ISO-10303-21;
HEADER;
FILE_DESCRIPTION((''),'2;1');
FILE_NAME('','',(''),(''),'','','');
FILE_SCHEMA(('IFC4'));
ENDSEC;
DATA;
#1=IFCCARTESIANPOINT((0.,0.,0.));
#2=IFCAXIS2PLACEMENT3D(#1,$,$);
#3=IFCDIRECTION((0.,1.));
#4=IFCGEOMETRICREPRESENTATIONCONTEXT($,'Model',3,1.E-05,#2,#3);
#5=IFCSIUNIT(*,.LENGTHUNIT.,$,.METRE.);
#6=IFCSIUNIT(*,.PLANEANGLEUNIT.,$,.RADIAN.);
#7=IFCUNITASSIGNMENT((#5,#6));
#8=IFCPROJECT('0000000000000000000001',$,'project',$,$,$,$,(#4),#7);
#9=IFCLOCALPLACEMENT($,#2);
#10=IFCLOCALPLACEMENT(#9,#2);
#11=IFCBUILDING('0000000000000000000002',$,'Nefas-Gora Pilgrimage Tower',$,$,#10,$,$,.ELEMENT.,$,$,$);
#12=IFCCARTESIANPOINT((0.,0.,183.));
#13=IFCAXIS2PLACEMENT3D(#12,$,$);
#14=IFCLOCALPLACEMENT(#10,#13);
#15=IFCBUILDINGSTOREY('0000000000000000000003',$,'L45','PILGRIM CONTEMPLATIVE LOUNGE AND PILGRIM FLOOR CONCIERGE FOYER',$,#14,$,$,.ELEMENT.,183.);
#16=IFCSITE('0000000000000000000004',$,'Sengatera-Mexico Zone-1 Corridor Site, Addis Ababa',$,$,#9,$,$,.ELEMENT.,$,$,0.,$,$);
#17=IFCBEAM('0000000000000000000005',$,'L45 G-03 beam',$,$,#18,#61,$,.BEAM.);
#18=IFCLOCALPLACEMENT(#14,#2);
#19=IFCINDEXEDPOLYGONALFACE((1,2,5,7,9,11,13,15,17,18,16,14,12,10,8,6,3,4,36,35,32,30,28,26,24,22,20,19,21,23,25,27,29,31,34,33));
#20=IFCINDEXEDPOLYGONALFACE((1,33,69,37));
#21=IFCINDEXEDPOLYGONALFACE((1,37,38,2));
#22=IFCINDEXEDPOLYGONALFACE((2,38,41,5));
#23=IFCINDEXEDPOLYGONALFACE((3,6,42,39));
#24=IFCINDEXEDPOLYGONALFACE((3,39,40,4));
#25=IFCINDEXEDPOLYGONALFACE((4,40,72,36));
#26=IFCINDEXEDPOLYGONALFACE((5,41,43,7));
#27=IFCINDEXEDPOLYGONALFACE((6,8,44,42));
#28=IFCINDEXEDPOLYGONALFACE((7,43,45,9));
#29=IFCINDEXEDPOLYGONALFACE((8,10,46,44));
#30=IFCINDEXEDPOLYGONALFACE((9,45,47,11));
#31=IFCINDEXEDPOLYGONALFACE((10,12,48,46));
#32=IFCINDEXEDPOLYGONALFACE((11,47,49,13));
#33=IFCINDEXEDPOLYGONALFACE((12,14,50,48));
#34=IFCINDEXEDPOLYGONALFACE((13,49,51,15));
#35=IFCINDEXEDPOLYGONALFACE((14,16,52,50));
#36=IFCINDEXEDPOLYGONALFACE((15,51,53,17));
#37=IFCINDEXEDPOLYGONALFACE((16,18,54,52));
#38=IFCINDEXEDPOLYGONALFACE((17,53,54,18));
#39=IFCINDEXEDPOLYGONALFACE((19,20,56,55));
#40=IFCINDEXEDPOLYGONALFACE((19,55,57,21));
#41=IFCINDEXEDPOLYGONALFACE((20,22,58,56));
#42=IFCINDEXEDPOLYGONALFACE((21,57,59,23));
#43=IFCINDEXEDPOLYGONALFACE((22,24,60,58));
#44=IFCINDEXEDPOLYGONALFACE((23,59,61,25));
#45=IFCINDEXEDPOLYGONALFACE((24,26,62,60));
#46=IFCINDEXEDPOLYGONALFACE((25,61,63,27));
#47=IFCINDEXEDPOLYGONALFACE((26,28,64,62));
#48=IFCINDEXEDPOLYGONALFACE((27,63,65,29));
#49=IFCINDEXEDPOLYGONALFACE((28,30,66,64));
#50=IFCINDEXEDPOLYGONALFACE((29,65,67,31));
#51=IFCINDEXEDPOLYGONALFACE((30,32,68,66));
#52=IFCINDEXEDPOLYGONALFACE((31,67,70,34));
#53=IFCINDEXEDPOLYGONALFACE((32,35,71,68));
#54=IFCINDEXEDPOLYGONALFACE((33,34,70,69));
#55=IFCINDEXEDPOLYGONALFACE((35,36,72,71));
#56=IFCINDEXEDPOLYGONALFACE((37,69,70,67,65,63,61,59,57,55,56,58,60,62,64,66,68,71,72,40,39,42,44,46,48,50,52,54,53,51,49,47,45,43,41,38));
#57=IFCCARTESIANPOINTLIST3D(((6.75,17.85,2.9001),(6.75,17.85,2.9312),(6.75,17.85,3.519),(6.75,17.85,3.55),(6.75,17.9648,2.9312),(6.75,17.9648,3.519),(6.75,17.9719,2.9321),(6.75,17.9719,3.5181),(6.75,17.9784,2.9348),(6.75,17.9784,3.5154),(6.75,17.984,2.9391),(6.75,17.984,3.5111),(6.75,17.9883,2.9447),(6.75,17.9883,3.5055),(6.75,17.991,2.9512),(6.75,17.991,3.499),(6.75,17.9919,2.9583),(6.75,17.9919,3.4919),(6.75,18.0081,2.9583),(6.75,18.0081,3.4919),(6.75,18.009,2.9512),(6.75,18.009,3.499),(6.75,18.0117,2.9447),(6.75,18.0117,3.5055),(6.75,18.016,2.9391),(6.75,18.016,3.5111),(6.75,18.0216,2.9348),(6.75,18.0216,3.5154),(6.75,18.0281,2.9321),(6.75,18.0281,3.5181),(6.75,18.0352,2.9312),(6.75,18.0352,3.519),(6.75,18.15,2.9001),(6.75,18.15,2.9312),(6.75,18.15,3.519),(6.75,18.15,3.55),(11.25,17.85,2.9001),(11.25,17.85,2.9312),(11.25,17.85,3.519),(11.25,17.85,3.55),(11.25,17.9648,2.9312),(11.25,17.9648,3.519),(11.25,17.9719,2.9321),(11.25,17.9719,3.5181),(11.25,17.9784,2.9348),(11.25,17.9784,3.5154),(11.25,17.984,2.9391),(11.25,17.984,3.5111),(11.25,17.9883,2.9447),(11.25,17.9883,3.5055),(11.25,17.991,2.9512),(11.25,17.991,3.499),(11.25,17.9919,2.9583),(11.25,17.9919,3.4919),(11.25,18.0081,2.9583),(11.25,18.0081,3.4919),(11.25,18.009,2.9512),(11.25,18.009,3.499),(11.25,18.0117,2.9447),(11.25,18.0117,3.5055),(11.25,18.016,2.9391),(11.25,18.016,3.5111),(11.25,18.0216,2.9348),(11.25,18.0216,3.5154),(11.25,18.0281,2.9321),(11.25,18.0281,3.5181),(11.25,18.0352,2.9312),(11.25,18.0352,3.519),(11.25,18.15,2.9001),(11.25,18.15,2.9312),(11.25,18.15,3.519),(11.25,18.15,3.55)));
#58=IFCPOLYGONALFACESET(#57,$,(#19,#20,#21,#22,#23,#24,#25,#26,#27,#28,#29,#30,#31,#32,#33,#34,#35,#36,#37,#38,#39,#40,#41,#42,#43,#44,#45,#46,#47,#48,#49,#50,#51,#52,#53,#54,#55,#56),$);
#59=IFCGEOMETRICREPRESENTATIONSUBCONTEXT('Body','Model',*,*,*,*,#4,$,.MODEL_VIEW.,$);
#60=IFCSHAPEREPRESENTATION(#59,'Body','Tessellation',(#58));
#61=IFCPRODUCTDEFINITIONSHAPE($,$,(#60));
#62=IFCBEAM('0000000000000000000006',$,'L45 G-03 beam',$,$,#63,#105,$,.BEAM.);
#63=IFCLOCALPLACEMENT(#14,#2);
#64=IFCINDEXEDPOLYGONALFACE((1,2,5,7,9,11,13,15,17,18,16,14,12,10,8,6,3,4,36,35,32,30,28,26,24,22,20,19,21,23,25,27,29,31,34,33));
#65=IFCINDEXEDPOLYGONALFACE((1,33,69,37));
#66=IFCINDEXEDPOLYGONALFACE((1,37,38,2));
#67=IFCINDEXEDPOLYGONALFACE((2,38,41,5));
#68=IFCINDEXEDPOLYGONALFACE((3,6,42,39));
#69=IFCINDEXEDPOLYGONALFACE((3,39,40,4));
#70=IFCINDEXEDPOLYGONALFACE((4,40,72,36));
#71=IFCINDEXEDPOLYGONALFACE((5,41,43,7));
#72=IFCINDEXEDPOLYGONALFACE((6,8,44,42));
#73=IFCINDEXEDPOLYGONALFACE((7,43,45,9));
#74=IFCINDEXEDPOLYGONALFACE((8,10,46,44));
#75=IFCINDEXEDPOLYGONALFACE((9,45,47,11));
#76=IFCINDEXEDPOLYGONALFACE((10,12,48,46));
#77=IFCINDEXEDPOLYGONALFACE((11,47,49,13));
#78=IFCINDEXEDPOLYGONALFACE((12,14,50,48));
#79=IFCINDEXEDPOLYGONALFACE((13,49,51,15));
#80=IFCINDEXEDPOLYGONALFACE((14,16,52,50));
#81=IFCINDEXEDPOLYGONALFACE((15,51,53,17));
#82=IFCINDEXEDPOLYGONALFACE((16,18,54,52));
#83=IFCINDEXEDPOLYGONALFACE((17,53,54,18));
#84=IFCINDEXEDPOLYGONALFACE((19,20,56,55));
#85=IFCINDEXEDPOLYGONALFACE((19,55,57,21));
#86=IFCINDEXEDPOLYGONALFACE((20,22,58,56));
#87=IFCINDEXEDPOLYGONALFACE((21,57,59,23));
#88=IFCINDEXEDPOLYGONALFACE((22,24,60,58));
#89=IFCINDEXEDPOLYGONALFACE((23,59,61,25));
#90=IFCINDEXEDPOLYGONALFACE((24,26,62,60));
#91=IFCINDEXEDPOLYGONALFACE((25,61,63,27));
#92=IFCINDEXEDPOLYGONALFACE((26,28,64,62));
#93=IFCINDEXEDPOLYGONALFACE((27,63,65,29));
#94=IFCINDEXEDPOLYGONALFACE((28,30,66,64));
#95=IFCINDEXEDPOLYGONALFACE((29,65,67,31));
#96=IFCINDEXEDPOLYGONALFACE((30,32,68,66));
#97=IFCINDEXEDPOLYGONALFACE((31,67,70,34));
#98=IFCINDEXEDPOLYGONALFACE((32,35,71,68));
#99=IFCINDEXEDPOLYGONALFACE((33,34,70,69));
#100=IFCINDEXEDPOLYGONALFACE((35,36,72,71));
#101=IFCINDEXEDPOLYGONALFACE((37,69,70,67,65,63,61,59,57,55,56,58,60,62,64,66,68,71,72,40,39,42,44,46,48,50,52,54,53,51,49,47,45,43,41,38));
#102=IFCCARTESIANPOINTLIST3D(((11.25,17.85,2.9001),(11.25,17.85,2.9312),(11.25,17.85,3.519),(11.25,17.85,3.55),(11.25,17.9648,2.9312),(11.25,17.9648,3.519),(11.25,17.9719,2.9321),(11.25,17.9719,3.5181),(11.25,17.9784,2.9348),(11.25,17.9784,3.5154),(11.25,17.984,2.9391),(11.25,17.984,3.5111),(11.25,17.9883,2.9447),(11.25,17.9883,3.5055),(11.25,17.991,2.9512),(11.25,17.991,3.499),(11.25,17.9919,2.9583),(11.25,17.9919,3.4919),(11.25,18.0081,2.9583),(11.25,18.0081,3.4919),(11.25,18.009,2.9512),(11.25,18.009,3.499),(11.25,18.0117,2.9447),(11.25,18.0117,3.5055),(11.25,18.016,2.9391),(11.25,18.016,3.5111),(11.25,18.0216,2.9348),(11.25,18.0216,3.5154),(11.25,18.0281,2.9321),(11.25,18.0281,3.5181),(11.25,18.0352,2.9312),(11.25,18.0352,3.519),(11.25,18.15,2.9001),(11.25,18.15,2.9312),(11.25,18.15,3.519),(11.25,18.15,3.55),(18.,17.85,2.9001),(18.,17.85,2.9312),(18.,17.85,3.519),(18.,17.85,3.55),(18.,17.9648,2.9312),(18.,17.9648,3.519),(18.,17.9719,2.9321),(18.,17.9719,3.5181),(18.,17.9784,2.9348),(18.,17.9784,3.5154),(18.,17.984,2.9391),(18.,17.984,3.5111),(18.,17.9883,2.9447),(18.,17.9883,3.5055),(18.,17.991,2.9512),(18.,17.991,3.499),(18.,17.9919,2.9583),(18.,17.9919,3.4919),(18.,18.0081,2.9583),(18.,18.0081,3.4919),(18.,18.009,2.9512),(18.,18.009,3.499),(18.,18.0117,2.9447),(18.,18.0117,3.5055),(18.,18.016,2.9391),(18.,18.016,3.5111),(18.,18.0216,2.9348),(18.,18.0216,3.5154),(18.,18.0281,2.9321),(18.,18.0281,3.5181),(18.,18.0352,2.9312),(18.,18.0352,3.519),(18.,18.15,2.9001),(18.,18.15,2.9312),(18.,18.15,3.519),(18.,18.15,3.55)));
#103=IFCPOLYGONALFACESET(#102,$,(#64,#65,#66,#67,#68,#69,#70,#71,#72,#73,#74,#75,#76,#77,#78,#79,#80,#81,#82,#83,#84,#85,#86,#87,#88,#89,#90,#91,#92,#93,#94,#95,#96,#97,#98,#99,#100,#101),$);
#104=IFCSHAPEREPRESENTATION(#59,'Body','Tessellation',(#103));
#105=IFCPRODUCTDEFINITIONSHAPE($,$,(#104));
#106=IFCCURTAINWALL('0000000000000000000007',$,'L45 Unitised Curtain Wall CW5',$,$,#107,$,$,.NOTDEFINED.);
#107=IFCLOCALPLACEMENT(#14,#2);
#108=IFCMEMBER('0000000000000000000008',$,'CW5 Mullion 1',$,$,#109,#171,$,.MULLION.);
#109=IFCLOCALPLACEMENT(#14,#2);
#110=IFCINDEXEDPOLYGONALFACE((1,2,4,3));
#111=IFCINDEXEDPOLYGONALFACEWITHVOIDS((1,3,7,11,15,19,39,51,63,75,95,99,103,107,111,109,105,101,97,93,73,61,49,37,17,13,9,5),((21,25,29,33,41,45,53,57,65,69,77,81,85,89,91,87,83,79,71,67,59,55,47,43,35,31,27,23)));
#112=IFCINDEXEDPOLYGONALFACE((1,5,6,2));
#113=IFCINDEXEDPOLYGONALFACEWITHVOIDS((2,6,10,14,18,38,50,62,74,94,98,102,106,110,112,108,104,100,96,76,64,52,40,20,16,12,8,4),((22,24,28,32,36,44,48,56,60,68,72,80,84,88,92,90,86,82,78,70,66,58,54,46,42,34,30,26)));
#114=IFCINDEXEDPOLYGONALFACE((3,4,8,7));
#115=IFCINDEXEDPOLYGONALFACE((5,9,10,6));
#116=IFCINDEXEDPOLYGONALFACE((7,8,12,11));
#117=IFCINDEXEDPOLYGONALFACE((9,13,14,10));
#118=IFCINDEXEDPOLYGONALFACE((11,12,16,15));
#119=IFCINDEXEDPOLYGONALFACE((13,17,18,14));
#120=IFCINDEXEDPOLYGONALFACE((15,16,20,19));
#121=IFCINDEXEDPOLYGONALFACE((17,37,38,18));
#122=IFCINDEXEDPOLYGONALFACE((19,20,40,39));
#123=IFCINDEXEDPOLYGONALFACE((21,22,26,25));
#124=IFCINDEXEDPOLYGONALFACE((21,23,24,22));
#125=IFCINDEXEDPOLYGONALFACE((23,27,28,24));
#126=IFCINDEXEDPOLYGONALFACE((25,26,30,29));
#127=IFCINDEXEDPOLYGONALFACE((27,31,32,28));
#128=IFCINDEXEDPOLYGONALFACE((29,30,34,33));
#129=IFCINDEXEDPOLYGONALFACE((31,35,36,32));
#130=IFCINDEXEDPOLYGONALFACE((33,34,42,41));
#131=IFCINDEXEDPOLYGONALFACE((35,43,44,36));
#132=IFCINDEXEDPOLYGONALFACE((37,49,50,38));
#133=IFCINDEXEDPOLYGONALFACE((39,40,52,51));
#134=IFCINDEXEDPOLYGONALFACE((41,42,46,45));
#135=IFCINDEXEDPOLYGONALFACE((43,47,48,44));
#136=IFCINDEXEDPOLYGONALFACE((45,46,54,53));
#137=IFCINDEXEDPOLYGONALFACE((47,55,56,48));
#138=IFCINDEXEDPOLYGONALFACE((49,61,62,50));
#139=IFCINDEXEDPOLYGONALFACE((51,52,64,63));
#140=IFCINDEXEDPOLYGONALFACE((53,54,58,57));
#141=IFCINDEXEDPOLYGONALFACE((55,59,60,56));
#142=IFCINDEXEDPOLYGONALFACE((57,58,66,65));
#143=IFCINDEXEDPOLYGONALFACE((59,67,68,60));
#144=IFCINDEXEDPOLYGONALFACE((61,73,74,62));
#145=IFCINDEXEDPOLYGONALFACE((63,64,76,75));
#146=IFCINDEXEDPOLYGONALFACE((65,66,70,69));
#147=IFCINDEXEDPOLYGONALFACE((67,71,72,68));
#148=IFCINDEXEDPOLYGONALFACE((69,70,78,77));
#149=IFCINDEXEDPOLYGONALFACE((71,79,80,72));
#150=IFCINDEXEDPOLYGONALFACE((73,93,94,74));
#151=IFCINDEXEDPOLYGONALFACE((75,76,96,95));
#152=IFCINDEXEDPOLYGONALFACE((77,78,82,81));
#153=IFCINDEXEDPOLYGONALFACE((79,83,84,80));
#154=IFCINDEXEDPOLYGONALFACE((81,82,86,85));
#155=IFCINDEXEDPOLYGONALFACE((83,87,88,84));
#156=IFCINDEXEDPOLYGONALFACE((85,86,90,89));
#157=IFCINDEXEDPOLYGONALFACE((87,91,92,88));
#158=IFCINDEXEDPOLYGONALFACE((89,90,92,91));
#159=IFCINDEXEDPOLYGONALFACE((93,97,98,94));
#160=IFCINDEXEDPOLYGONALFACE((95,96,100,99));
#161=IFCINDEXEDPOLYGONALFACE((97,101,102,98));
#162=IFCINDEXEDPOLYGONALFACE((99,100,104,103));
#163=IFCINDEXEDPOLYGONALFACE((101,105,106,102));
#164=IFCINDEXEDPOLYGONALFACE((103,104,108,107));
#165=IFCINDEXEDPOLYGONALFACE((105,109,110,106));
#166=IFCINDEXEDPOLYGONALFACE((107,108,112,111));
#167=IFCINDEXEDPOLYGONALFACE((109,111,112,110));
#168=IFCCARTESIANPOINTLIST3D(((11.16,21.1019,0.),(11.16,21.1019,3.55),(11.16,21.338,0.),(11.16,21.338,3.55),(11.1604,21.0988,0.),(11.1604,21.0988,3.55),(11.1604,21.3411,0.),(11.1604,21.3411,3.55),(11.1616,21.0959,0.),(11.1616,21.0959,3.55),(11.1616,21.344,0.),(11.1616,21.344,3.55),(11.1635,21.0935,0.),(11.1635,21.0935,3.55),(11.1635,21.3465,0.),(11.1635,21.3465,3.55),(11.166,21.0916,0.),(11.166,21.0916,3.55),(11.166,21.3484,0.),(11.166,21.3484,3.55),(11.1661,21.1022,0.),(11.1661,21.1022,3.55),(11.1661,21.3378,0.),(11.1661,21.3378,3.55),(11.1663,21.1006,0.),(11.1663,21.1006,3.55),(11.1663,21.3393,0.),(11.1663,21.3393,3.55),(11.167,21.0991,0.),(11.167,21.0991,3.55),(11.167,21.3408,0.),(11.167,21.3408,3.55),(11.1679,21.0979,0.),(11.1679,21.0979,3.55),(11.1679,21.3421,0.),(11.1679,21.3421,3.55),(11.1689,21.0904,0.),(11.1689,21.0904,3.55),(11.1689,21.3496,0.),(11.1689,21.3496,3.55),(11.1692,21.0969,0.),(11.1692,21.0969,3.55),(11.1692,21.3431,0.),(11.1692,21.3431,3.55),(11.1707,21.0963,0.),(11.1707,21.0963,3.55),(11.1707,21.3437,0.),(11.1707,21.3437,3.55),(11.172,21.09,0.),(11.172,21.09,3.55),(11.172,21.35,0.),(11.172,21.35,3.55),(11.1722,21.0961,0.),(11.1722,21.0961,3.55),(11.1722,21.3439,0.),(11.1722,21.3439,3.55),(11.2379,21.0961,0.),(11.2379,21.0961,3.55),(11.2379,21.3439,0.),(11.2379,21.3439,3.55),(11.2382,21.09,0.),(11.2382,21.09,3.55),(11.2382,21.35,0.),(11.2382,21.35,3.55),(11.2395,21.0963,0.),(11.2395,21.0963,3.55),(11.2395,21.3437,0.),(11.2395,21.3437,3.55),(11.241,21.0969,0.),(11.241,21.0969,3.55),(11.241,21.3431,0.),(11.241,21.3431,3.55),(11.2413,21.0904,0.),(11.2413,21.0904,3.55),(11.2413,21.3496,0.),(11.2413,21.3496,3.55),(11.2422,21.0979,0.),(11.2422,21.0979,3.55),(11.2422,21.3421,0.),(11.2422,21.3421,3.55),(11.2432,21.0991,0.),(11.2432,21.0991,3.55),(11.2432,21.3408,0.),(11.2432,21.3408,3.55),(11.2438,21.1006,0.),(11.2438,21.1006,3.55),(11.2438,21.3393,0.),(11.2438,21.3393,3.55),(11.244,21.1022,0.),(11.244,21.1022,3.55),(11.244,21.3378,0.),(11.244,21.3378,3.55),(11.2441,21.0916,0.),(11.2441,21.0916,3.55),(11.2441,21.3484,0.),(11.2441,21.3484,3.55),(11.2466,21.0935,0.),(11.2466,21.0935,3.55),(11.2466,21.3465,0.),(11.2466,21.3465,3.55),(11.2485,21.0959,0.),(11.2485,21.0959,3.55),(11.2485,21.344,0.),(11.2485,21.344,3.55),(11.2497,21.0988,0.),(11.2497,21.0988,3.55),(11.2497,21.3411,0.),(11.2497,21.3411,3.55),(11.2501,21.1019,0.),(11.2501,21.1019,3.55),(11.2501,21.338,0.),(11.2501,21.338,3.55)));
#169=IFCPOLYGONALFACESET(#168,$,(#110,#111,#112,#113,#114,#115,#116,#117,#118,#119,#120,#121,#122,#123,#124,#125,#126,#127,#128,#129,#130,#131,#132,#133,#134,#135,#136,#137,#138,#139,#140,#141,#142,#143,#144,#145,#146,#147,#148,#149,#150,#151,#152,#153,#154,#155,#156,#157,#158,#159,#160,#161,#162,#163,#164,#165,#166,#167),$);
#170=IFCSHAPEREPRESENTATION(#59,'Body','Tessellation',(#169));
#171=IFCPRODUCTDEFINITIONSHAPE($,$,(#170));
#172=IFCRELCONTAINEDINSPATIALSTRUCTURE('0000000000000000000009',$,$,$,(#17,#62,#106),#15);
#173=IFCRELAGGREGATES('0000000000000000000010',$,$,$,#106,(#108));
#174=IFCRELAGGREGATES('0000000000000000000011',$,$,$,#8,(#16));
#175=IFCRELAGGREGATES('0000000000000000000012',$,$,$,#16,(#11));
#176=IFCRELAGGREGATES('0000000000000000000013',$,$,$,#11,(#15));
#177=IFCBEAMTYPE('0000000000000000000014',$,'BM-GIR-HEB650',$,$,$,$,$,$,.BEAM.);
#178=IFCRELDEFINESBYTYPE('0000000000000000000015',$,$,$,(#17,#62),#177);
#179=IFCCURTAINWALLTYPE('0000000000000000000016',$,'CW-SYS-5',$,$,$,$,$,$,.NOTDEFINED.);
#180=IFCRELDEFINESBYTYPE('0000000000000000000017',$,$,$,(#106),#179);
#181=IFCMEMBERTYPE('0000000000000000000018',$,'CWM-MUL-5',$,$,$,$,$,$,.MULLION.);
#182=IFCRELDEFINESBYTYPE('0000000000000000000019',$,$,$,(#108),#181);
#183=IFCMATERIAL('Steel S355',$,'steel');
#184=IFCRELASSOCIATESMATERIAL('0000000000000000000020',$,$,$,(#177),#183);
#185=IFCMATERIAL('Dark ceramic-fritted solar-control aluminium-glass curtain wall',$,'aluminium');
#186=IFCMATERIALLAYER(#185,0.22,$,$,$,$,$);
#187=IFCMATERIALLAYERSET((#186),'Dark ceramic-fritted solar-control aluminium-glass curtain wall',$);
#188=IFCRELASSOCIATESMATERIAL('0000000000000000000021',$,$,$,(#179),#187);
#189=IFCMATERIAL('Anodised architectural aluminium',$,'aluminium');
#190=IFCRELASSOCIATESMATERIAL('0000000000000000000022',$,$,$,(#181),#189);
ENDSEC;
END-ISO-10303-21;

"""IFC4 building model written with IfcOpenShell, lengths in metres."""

from ifc_helpers import new_model, si_unit, direction, frame, origin, origin_2d, place, context, subcontext, project, spatial, hollow_rectangle, i_section, extrude, source, transform, mapped, material, layer, layer_set, material_profile, profile_set, type_object, element, aggregate, save


model = new_model("IFC4")

# Units and contexts
model_context = context("Model", 3, precision=1e-05, world=origin(), true_north=direction((0.0, 1.0)))
body_context = subcontext(model_context, "Body", "Model", "MODEL_VIEW")
ifc_project = project(units=[si_unit("LENGTHUNIT", "METRE"), si_unit("PLANEANGLEUNIT", "RADIAN")], contexts=[model_context])

# Site, building, storey
site_placement = place(None, origin())
site = spatial("IfcSite", under=ifc_project, at=site_placement, Name="Sengatera-Mexico Zone-1 Corridor Site, Addis Ababa", CompositionType="ELEMENT", RefElevation=0.0)
building_placement = place(site_placement, origin())
building = spatial("IfcBuilding", under=site, at=building_placement, Name="Nefas-Gora Pilgrimage Tower", CompositionType="ELEMENT")
storey_placement = place(building_placement, frame((0.0, 0.0, 183.0)))
storey = spatial("IfcBuildingStorey", under=building, at=storey_placement, Name="L45", Description="PILGRIM CONTEMPLATIVE LOUNGE AND PILGRIM FLOOR CONCIERGE FOYER", CompositionType="ELEMENT", Elevation=183.0)

# Beams
ifc_material_1 = material(Name="Steel S355", Category="steel")
ifc_material_profile_1 = material_profile(ifc_material_1, i_section(OverallWidth=0.3, OverallDepth=0.6499, WebThickness=0.0161, FlangeThickness=0.031, FilletRadius=0.0271, at=origin_2d()), Name="HEB 650")
ifc_profile_set_1 = profile_set([ifc_material_profile_1], Name="Steel S355")
beam_type = type_object("IfcBeamType", Name="BM-GIR-HEB650", PredefinedType="BEAM", material=ifc_profile_set_1)
shared_shape_1 = source(origin(), body_context, "Body", "SweptSolid", [
    extrude(i_section(OverallWidth=0.3, OverallDepth=0.6499, WebThickness=0.0161, FlangeThickness=0.031, FilletRadius=0.0271, at=origin_2d()), origin(), (0.0, 0.0, 1.0), 4.5),
])
for number, where, z_axis, x_axis, name in (
    (1, (6.75, 18.0, 3.2251), (1.0, 0.0, 0.0), (0.0, 1.0, 0.0), "L45 G-03 beam"),
):
    element("IfcBeam", number, at=place(storey_placement, frame(where, z_axis=z_axis, x_axis=x_axis)), inside=storey, type_object=beam_type, Name=name, PredefinedType="BEAM", context=body_context, shape_type="MappedRepresentation", body=[
        mapped(shared_shape_1, transform((0.0, 0.0, 0.0), x_axis=(1.0, 0.0, 0.0), y_axis=(0.0, 1.0, 0.0), z_axis=(0.0, 0.0, 1.0), scale=1.0)),
    ])
shared_shape_2 = source(origin(), body_context, "Body", "SweptSolid", [
    extrude(i_section(OverallWidth=0.3, OverallDepth=0.6499, WebThickness=0.0161, FlangeThickness=0.031, FilletRadius=0.0271, at=origin_2d()), origin(), (0.0, 0.0, 1.0), 6.75),
])
beam_placement = place(storey_placement, frame((11.25, 18.0, 3.2251), z_axis=(1.0, 0.0, 0.0), x_axis=(0.0, 1.0, 0.0)))
element("IfcBeam", 2, at=beam_placement, inside=storey, type_object=beam_type, Name="L45 G-03 beam", PredefinedType="BEAM", context=body_context, shape_type="MappedRepresentation", body=[
    mapped(shared_shape_2, transform((0.0, 0.0, 0.0), x_axis=(1.0, 0.0, 0.0), y_axis=(0.0, 1.0, 0.0), z_axis=(0.0, 0.0, 1.0), scale=1.0)),
])

# Curtain wall, member
ifc_material_2 = material(Name="Dark ceramic-fritted solar-control aluminium-glass curtain wall", Category="aluminium")
ifc_layer_1 = layer(ifc_material_2, 0.22)
ifc_layer_set_1 = layer_set([ifc_layer_1], Name="Dark ceramic-fritted solar-control aluminium-glass curtain wall")
curtain_wall_type_1 = type_object("IfcCurtainWallType", Name="CW-SYS-5", PredefinedType="NOTDEFINED", material=ifc_layer_set_1)
curtain_wall_1_placement = place(storey_placement, origin())
curtain_wall_1 = element("IfcCurtainWall", 3, at=curtain_wall_1_placement, inside=storey, type_object=curtain_wall_type_1, Name="L45 Unitised Curtain Wall CW5", PredefinedType="NOTDEFINED")
ifc_material_3 = material(Name="Anodised architectural aluminium", Category="aluminium")
ifc_material_profile_2 = material_profile(ifc_material_3, hollow_rectangle(XDim=0.0901, YDim=0.26, WallThickness=0.0061, InnerFilletRadius=0.0061, OuterFilletRadius=0.012, at=origin_2d()), Name="ALU MULLION 90x260")
ifc_profile_set_2 = profile_set([ifc_material_profile_2], Name="Anodised architectural aluminium")
member_type_1 = type_object("IfcMemberType", Name="CWM-MUL-5", PredefinedType="MULLION", material=ifc_profile_set_2)
shared_shape_3 = source(origin(), body_context, "Body", "SweptSolid", [
    extrude(hollow_rectangle(XDim=0.0901, YDim=0.26, WallThickness=0.0061, InnerFilletRadius=0.0061, OuterFilletRadius=0.012, at=origin_2d()), origin(), (0.0, 0.0, 1.0), 3.55),
])
member_1_placement = place(storey_placement, frame((11.2051, 21.22, 0.0), z_axis=(0.0, 0.0, 1.0), x_axis=(-1.0, 0.0, 0.0)))
member_1 = element("IfcMember", 4, at=member_1_placement, type_object=member_type_1, Name="CW5 Mullion 1", PredefinedType="MULLION", context=body_context, shape_type="MappedRepresentation", body=[
    mapped(shared_shape_3, transform((0.0, 0.0, 0.0), x_axis=(1.0, 0.0, 0.0), y_axis=(0.0, 1.0, 0.0), z_axis=(0.0, 0.0, 1.0), scale=1.0)),
])

aggregate(curtain_wall_1, [member_1])

save(model, "model.ifc")
